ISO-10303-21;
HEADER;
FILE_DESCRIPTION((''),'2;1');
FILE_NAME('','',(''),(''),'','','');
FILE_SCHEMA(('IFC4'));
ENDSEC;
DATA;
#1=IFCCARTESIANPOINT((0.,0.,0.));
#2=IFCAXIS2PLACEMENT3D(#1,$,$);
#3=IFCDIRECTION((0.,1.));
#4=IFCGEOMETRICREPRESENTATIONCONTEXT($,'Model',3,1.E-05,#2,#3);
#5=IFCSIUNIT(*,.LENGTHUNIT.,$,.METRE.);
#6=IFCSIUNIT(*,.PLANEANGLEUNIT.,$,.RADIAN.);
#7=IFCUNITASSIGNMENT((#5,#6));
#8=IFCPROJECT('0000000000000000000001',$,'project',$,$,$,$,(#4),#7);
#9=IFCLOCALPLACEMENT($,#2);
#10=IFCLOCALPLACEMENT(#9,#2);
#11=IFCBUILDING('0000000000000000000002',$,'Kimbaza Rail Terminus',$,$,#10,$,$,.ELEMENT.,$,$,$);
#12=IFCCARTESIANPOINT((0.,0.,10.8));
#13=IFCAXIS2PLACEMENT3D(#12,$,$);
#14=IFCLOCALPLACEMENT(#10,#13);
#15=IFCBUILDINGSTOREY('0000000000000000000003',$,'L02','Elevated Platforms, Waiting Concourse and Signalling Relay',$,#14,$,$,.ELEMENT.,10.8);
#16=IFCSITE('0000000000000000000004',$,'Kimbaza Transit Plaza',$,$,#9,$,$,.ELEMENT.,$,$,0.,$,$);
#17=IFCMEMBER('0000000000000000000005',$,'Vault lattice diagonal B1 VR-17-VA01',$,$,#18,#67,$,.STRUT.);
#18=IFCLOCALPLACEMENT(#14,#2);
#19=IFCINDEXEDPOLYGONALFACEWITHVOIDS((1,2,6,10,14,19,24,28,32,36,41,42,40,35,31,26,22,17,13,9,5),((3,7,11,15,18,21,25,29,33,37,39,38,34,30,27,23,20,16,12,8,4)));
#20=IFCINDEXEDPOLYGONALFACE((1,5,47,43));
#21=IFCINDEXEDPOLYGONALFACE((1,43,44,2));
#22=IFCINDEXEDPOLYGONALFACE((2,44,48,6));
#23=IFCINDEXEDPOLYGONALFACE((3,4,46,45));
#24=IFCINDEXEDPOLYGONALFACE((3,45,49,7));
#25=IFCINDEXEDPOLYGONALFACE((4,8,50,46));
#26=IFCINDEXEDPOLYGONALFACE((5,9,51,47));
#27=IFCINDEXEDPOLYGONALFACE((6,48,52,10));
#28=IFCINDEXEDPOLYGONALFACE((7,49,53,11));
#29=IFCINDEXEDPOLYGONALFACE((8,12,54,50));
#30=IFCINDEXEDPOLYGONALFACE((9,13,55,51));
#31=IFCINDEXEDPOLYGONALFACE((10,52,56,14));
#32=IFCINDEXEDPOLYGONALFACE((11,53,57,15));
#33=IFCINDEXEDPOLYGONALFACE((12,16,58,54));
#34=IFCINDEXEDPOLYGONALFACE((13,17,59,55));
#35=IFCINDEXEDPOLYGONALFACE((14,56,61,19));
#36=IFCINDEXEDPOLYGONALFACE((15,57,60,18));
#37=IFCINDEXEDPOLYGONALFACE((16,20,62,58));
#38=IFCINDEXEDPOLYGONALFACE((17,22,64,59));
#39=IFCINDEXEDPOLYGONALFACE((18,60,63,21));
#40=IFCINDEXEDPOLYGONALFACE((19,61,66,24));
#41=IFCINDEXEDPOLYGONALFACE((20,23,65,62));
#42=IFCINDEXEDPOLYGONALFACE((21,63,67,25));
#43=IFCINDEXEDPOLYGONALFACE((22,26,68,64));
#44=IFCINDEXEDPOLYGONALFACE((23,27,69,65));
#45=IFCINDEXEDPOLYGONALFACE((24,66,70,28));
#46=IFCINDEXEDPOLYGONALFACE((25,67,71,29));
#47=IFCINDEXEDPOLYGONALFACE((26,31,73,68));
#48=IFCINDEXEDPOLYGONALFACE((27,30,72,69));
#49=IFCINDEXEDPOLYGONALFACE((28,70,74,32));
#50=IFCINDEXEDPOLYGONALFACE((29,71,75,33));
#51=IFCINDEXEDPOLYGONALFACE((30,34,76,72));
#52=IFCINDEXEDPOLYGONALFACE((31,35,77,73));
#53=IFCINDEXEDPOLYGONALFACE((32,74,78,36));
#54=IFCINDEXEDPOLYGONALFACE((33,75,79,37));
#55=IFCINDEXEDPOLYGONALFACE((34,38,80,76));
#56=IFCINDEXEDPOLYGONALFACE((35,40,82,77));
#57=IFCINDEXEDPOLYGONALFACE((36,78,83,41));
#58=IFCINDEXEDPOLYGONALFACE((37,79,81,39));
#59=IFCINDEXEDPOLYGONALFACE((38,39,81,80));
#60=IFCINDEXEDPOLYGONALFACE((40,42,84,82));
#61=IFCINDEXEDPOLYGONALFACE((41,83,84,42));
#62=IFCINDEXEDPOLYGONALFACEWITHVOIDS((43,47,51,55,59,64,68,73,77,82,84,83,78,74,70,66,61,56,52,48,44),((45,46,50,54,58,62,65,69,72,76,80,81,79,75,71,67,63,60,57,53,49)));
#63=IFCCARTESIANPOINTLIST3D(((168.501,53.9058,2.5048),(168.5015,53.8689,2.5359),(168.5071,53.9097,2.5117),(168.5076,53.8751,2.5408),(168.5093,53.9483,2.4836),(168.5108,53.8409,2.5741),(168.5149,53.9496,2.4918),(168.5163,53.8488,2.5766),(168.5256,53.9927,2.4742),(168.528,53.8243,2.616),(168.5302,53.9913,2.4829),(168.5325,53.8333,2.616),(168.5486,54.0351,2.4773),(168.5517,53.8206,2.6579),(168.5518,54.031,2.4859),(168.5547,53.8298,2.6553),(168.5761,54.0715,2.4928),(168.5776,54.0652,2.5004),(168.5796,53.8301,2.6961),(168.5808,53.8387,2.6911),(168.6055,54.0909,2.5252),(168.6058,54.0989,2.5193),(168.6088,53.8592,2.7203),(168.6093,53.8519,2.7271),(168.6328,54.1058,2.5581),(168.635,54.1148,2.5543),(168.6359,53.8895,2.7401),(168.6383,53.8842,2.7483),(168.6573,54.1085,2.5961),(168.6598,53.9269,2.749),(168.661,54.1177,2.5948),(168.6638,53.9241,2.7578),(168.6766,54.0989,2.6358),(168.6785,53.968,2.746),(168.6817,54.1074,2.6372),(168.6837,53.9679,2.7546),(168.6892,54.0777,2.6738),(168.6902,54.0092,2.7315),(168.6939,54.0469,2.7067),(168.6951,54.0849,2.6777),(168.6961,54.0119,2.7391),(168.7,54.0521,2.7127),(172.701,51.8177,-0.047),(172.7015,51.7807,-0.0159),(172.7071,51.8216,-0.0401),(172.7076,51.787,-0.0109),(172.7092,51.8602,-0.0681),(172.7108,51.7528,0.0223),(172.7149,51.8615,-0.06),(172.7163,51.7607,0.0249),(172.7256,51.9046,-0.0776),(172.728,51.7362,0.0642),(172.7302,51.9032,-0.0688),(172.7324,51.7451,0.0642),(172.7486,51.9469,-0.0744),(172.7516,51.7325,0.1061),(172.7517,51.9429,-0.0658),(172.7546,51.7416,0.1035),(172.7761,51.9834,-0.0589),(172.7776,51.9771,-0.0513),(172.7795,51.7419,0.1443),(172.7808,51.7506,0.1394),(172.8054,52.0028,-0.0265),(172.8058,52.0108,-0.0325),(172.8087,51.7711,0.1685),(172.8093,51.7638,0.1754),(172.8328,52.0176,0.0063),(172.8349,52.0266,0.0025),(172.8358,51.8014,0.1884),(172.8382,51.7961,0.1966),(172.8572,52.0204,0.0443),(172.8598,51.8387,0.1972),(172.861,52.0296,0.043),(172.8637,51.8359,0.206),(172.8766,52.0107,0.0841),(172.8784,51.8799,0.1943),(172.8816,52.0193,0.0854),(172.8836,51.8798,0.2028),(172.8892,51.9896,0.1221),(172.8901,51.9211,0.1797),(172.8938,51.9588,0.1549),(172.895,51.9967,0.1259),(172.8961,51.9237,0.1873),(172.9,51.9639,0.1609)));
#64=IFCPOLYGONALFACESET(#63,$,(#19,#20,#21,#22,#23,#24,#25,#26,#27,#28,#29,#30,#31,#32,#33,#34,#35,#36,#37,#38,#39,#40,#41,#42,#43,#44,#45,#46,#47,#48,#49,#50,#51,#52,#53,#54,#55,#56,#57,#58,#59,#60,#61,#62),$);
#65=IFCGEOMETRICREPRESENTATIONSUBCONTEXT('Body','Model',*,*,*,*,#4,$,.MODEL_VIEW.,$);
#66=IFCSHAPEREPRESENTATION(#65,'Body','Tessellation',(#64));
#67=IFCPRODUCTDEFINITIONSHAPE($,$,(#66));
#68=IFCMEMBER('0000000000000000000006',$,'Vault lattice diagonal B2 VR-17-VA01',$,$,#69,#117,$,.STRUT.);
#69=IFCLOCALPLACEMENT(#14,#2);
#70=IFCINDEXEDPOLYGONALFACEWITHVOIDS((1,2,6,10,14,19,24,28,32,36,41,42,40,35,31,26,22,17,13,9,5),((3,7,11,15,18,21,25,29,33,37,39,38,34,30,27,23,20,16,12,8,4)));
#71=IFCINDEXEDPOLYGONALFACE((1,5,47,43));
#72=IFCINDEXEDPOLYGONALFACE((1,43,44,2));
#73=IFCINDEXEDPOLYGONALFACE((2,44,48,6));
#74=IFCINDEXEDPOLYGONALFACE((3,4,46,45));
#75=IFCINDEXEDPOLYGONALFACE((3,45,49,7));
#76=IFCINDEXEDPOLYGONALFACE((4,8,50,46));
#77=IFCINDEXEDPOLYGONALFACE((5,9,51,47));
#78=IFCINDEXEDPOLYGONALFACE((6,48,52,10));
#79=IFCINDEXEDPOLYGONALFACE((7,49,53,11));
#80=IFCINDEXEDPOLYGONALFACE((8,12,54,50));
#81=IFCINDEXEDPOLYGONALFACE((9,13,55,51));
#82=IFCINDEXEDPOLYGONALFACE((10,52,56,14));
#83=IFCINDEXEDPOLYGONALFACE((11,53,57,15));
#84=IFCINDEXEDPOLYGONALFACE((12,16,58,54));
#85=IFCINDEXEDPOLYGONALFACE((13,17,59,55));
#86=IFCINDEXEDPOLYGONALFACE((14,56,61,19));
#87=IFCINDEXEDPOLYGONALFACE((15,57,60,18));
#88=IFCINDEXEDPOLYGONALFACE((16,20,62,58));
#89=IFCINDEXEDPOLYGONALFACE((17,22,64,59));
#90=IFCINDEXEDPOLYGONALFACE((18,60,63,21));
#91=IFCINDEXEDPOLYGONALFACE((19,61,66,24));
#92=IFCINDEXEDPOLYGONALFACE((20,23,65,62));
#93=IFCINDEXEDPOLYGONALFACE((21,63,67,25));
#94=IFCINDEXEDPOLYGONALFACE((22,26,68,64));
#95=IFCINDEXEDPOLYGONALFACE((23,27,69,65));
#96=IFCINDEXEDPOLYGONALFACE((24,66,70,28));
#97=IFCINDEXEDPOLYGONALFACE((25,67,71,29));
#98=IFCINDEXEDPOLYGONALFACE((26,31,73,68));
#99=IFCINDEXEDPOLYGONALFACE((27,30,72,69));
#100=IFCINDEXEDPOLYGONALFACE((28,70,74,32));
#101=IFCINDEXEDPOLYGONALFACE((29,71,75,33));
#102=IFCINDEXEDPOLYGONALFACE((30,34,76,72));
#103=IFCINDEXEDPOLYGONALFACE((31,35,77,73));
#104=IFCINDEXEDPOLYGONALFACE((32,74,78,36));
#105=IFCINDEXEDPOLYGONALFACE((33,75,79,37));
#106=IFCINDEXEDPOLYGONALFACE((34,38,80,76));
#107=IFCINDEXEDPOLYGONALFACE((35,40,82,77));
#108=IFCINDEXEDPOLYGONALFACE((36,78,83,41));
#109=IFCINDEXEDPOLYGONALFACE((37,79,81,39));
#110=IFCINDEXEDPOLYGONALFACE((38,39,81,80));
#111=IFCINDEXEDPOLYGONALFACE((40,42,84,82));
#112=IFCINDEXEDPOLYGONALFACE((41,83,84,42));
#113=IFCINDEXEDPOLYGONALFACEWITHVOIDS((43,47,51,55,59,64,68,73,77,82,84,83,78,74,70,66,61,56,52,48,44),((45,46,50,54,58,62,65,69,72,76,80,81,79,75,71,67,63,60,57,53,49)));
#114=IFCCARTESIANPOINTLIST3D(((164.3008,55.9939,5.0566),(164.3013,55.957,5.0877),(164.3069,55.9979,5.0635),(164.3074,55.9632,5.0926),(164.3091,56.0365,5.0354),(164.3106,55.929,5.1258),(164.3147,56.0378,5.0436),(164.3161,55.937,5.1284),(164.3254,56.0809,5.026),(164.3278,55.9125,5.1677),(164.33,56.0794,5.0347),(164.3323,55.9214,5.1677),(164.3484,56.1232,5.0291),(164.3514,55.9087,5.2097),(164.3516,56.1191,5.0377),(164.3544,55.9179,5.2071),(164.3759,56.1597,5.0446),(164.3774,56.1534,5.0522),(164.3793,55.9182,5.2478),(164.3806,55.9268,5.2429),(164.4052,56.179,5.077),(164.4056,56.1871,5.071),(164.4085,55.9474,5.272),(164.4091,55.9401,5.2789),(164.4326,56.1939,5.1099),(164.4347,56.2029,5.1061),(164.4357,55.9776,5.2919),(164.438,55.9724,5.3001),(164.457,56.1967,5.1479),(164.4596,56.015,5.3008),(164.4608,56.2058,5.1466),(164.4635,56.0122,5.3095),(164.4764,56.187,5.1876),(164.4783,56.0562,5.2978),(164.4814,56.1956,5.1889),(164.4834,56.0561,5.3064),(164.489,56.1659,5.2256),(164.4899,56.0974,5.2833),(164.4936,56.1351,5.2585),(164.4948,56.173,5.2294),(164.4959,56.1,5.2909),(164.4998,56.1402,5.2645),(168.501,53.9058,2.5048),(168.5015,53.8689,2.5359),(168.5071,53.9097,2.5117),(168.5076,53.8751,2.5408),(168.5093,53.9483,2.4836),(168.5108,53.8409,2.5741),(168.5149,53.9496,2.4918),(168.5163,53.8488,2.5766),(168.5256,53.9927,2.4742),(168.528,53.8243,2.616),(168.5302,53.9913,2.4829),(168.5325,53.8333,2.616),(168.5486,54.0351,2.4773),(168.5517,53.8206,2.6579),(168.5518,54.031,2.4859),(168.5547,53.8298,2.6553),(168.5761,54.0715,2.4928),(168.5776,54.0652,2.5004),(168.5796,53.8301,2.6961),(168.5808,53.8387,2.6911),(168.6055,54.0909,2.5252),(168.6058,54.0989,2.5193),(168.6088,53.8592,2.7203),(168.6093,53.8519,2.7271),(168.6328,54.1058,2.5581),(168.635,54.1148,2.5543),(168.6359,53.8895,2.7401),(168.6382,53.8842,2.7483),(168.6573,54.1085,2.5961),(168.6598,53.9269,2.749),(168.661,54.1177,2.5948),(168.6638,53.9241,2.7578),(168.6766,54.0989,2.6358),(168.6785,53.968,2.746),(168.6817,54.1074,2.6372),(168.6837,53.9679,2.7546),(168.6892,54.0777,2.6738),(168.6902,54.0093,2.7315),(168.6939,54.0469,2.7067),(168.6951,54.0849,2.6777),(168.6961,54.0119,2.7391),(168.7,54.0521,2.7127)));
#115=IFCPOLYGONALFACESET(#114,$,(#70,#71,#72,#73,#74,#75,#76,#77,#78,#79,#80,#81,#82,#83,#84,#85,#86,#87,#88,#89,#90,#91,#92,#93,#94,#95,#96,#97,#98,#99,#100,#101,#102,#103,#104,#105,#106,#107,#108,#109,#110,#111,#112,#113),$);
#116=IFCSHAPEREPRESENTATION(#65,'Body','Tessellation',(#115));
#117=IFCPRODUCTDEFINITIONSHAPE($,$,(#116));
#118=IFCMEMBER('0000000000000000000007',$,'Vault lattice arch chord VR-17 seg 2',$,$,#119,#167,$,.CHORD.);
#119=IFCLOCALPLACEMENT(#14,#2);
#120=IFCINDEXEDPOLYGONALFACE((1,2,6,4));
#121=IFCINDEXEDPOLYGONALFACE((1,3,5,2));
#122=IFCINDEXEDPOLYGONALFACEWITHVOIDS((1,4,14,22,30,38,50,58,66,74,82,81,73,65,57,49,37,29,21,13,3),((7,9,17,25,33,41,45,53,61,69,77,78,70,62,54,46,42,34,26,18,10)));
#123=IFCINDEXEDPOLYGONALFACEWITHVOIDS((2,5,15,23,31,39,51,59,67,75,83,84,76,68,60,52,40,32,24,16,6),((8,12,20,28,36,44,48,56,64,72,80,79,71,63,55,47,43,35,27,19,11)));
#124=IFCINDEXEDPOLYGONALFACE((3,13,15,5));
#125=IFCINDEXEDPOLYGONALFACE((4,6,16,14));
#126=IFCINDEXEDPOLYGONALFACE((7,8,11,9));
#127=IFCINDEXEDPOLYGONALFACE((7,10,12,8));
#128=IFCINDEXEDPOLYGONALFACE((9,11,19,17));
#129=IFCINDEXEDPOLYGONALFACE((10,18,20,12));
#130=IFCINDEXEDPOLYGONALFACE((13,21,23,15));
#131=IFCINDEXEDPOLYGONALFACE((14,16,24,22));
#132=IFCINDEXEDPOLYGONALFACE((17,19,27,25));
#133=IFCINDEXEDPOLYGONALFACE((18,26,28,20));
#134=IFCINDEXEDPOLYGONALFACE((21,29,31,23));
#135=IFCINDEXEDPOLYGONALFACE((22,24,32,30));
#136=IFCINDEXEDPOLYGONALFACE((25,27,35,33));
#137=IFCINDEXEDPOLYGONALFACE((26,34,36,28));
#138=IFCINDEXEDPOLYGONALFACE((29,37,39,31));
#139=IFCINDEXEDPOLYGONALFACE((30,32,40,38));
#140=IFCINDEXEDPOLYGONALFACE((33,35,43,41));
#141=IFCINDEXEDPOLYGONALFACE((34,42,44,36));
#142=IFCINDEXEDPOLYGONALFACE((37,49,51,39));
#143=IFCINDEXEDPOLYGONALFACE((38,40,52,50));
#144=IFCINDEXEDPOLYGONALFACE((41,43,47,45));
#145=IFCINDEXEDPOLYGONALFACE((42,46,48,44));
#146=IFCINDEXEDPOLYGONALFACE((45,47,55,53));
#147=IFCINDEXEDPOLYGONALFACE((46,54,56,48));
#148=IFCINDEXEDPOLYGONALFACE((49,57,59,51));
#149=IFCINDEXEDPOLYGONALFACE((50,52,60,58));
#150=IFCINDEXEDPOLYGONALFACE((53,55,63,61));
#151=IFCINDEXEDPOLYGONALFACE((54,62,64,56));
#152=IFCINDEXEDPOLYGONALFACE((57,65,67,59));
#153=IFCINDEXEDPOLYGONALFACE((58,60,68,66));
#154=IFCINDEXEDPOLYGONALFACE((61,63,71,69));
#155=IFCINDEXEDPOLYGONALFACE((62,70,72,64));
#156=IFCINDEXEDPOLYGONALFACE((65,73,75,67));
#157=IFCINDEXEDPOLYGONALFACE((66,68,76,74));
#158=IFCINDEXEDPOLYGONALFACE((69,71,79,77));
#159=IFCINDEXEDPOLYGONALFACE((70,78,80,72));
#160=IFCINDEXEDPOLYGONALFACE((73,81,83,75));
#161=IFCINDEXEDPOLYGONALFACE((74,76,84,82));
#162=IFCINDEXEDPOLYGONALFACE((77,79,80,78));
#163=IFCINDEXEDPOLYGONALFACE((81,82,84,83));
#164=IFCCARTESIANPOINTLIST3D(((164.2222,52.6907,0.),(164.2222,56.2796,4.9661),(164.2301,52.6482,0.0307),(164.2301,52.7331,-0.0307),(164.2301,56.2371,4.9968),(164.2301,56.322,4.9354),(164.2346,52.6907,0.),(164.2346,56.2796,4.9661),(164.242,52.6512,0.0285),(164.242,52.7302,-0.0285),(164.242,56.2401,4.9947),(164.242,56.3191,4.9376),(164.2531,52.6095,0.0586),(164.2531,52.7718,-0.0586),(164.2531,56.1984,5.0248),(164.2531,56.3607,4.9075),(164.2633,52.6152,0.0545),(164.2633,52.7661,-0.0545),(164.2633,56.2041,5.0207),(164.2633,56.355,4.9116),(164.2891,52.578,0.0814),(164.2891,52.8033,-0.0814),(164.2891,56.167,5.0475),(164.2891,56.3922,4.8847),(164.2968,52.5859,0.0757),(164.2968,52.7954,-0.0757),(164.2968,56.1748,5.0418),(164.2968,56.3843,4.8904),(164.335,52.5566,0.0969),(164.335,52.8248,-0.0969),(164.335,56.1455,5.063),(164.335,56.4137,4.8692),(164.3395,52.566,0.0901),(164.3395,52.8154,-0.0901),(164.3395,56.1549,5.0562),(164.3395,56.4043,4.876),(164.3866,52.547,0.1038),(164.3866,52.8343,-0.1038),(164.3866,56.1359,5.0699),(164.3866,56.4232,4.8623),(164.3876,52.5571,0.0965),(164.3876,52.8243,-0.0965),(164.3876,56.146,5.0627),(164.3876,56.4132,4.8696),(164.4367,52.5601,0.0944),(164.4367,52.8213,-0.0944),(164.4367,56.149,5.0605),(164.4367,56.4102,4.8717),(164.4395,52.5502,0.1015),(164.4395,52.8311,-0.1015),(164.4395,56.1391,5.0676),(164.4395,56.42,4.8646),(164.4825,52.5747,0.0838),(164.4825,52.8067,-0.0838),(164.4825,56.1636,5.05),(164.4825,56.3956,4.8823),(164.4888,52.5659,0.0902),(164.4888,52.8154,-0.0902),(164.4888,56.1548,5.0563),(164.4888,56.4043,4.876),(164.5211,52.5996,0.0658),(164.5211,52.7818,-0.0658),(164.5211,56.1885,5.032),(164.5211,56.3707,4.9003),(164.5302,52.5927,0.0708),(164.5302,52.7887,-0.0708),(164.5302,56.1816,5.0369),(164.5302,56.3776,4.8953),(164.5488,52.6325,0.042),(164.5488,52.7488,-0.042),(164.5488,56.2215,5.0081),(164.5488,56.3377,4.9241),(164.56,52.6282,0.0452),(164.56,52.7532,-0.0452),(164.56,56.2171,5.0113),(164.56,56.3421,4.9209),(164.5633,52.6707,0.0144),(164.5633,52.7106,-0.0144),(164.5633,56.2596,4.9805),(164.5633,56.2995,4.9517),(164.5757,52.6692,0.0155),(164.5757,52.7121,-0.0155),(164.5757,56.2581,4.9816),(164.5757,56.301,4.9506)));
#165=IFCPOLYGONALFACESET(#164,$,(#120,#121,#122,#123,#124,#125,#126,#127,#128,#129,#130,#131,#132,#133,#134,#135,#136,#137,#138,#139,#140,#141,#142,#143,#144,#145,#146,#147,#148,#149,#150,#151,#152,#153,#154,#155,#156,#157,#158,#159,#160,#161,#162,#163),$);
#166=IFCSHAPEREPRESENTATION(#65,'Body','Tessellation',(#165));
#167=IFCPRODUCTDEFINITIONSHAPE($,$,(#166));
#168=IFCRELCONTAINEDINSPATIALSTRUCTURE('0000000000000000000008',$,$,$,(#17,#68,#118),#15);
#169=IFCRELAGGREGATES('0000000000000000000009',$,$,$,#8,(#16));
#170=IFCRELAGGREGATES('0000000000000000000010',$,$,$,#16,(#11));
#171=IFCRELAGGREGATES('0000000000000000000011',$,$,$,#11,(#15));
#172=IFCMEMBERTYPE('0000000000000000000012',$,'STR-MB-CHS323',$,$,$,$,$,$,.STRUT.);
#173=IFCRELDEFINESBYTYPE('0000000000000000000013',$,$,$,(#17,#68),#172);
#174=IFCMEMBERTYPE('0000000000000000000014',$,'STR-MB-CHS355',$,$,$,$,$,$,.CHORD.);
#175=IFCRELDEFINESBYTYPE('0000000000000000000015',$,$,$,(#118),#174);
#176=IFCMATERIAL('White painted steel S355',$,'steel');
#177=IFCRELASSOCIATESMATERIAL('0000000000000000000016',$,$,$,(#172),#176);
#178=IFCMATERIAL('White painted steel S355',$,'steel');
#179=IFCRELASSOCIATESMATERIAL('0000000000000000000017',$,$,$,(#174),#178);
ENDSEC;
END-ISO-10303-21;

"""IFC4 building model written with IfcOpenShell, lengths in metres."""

from ifc_helpers import new_model, si_unit, direction, frame, origin, origin_2d, place, context, subcontext, project, spatial, hollow_circle, extrude, material, material_profile, profile_set, type_object, element, save


model = new_model("IFC4")

# Units and contexts
model_context = context("Model", 3, precision=1e-05, world=origin(), true_north=direction((0.0, 1.0)))
body_context = subcontext(model_context, "Body", "Model", "MODEL_VIEW")
ifc_project = project(units=[si_unit("LENGTHUNIT", "METRE"), si_unit("PLANEANGLEUNIT", "RADIAN")], contexts=[model_context])

# Site, building, storey
site_placement = place(None, origin())
site = spatial("IfcSite", under=ifc_project, at=site_placement, Name="Kimbaza Transit Plaza", CompositionType="ELEMENT", RefElevation=0.0)
building_placement = place(site_placement, origin())
building = spatial("IfcBuilding", under=site, at=building_placement, Name="Kimbaza Rail Terminus", CompositionType="ELEMENT")
storey_placement = place(building_placement, frame((0.0, 0.0, 10.8)))
storey = spatial("IfcBuildingStorey", under=building, at=storey_placement, Name="L02", Description="Elevated Platforms, Waiting Concourse and Signalling Relay", CompositionType="ELEMENT", Elevation=10.8)

# Members
ifc_material_1 = material(Name="White painted steel S355", Category="steel")
ifc_material_profile_1 = material_profile(ifc_material_1, hollow_circle(Radius=0.1619, WallThickness=0.01, at=origin_2d()), Name="CHS 323.9x10")
ifc_profile_set_1 = profile_set([ifc_material_profile_1], Name="White painted steel S355")
member_type_1 = type_object("IfcMemberType", Name="STR-MB-CHS323", PredefinedType="STRUT", material=ifc_profile_set_1)
for number, where, z_axis, x_axis, name in (
    (1, (172.8, 51.8811, 0.0642), (-0.786566, 0.391066, 0.477893), (-0.445193, -0.895435, 0.0), "Vault lattice diagonal B1 VR-17-VA01"),
):
    element("IfcMember", number, at=place(storey_placement, frame(where, z_axis=z_axis, x_axis=x_axis)), inside=storey, type_object=member_type_1, Name=name, PredefinedType="STRUT", context=body_context, shape_type="SweptSolid", body=[
        extrude(hollow_circle(Radius=0.1619, WallThickness=0.01, at=origin_2d()), origin(), (0.0, 0.0, 1.0), 5.3396),
    ])
member_1_placement = place(storey_placement, frame((168.6001, 53.9692, 2.616), z_axis=(-0.786584, 0.391051, 0.477876), x_axis=(-0.445172, -0.895445, 0.0)))
element("IfcMember", 2, at=member_1_placement, inside=storey, type_object=member_type_1, Name="Vault lattice diagonal B2 VR-17-VA01", PredefinedType="STRUT", context=body_context, shape_type="SweptSolid", body=[
    extrude(hollow_circle(Radius=0.1619, WallThickness=0.01, at=origin_2d()), origin(), (0.0, 0.0, 1.0), 5.3398),
])
ifc_material_2 = material(Name="White painted steel S355", Category="steel")
ifc_material_profile_2 = material_profile(ifc_material_2, hollow_circle(Radius=0.1777, WallThickness=0.0125, at=origin_2d()), Name="CHS 355.6x12.5")
ifc_profile_set_2 = profile_set([ifc_material_profile_2], Name="White painted steel S355")
member_type_2 = type_object("IfcMemberType", Name="STR-MB-CHS355", PredefinedType="CHORD", material=ifc_profile_set_2)
member_2_placement = place(storey_placement, frame((164.3999, 52.6907, 0.0), z_axis=(0.0, 0.585733, 0.810504), x_axis=(-1.0, 0.0, 0.0)))
element("IfcMember", 3, at=member_2_placement, inside=storey, type_object=member_type_2, Name="Vault lattice arch chord VR-17 seg 2", PredefinedType="CHORD", context=body_context, shape_type="SweptSolid", body=[
    extrude(hollow_circle(Radius=0.1777, WallThickness=0.0125, at=origin_2d()), origin(), (0.0, 0.0, 1.0), 6.1272),
])

save(model, "model.ifc")
